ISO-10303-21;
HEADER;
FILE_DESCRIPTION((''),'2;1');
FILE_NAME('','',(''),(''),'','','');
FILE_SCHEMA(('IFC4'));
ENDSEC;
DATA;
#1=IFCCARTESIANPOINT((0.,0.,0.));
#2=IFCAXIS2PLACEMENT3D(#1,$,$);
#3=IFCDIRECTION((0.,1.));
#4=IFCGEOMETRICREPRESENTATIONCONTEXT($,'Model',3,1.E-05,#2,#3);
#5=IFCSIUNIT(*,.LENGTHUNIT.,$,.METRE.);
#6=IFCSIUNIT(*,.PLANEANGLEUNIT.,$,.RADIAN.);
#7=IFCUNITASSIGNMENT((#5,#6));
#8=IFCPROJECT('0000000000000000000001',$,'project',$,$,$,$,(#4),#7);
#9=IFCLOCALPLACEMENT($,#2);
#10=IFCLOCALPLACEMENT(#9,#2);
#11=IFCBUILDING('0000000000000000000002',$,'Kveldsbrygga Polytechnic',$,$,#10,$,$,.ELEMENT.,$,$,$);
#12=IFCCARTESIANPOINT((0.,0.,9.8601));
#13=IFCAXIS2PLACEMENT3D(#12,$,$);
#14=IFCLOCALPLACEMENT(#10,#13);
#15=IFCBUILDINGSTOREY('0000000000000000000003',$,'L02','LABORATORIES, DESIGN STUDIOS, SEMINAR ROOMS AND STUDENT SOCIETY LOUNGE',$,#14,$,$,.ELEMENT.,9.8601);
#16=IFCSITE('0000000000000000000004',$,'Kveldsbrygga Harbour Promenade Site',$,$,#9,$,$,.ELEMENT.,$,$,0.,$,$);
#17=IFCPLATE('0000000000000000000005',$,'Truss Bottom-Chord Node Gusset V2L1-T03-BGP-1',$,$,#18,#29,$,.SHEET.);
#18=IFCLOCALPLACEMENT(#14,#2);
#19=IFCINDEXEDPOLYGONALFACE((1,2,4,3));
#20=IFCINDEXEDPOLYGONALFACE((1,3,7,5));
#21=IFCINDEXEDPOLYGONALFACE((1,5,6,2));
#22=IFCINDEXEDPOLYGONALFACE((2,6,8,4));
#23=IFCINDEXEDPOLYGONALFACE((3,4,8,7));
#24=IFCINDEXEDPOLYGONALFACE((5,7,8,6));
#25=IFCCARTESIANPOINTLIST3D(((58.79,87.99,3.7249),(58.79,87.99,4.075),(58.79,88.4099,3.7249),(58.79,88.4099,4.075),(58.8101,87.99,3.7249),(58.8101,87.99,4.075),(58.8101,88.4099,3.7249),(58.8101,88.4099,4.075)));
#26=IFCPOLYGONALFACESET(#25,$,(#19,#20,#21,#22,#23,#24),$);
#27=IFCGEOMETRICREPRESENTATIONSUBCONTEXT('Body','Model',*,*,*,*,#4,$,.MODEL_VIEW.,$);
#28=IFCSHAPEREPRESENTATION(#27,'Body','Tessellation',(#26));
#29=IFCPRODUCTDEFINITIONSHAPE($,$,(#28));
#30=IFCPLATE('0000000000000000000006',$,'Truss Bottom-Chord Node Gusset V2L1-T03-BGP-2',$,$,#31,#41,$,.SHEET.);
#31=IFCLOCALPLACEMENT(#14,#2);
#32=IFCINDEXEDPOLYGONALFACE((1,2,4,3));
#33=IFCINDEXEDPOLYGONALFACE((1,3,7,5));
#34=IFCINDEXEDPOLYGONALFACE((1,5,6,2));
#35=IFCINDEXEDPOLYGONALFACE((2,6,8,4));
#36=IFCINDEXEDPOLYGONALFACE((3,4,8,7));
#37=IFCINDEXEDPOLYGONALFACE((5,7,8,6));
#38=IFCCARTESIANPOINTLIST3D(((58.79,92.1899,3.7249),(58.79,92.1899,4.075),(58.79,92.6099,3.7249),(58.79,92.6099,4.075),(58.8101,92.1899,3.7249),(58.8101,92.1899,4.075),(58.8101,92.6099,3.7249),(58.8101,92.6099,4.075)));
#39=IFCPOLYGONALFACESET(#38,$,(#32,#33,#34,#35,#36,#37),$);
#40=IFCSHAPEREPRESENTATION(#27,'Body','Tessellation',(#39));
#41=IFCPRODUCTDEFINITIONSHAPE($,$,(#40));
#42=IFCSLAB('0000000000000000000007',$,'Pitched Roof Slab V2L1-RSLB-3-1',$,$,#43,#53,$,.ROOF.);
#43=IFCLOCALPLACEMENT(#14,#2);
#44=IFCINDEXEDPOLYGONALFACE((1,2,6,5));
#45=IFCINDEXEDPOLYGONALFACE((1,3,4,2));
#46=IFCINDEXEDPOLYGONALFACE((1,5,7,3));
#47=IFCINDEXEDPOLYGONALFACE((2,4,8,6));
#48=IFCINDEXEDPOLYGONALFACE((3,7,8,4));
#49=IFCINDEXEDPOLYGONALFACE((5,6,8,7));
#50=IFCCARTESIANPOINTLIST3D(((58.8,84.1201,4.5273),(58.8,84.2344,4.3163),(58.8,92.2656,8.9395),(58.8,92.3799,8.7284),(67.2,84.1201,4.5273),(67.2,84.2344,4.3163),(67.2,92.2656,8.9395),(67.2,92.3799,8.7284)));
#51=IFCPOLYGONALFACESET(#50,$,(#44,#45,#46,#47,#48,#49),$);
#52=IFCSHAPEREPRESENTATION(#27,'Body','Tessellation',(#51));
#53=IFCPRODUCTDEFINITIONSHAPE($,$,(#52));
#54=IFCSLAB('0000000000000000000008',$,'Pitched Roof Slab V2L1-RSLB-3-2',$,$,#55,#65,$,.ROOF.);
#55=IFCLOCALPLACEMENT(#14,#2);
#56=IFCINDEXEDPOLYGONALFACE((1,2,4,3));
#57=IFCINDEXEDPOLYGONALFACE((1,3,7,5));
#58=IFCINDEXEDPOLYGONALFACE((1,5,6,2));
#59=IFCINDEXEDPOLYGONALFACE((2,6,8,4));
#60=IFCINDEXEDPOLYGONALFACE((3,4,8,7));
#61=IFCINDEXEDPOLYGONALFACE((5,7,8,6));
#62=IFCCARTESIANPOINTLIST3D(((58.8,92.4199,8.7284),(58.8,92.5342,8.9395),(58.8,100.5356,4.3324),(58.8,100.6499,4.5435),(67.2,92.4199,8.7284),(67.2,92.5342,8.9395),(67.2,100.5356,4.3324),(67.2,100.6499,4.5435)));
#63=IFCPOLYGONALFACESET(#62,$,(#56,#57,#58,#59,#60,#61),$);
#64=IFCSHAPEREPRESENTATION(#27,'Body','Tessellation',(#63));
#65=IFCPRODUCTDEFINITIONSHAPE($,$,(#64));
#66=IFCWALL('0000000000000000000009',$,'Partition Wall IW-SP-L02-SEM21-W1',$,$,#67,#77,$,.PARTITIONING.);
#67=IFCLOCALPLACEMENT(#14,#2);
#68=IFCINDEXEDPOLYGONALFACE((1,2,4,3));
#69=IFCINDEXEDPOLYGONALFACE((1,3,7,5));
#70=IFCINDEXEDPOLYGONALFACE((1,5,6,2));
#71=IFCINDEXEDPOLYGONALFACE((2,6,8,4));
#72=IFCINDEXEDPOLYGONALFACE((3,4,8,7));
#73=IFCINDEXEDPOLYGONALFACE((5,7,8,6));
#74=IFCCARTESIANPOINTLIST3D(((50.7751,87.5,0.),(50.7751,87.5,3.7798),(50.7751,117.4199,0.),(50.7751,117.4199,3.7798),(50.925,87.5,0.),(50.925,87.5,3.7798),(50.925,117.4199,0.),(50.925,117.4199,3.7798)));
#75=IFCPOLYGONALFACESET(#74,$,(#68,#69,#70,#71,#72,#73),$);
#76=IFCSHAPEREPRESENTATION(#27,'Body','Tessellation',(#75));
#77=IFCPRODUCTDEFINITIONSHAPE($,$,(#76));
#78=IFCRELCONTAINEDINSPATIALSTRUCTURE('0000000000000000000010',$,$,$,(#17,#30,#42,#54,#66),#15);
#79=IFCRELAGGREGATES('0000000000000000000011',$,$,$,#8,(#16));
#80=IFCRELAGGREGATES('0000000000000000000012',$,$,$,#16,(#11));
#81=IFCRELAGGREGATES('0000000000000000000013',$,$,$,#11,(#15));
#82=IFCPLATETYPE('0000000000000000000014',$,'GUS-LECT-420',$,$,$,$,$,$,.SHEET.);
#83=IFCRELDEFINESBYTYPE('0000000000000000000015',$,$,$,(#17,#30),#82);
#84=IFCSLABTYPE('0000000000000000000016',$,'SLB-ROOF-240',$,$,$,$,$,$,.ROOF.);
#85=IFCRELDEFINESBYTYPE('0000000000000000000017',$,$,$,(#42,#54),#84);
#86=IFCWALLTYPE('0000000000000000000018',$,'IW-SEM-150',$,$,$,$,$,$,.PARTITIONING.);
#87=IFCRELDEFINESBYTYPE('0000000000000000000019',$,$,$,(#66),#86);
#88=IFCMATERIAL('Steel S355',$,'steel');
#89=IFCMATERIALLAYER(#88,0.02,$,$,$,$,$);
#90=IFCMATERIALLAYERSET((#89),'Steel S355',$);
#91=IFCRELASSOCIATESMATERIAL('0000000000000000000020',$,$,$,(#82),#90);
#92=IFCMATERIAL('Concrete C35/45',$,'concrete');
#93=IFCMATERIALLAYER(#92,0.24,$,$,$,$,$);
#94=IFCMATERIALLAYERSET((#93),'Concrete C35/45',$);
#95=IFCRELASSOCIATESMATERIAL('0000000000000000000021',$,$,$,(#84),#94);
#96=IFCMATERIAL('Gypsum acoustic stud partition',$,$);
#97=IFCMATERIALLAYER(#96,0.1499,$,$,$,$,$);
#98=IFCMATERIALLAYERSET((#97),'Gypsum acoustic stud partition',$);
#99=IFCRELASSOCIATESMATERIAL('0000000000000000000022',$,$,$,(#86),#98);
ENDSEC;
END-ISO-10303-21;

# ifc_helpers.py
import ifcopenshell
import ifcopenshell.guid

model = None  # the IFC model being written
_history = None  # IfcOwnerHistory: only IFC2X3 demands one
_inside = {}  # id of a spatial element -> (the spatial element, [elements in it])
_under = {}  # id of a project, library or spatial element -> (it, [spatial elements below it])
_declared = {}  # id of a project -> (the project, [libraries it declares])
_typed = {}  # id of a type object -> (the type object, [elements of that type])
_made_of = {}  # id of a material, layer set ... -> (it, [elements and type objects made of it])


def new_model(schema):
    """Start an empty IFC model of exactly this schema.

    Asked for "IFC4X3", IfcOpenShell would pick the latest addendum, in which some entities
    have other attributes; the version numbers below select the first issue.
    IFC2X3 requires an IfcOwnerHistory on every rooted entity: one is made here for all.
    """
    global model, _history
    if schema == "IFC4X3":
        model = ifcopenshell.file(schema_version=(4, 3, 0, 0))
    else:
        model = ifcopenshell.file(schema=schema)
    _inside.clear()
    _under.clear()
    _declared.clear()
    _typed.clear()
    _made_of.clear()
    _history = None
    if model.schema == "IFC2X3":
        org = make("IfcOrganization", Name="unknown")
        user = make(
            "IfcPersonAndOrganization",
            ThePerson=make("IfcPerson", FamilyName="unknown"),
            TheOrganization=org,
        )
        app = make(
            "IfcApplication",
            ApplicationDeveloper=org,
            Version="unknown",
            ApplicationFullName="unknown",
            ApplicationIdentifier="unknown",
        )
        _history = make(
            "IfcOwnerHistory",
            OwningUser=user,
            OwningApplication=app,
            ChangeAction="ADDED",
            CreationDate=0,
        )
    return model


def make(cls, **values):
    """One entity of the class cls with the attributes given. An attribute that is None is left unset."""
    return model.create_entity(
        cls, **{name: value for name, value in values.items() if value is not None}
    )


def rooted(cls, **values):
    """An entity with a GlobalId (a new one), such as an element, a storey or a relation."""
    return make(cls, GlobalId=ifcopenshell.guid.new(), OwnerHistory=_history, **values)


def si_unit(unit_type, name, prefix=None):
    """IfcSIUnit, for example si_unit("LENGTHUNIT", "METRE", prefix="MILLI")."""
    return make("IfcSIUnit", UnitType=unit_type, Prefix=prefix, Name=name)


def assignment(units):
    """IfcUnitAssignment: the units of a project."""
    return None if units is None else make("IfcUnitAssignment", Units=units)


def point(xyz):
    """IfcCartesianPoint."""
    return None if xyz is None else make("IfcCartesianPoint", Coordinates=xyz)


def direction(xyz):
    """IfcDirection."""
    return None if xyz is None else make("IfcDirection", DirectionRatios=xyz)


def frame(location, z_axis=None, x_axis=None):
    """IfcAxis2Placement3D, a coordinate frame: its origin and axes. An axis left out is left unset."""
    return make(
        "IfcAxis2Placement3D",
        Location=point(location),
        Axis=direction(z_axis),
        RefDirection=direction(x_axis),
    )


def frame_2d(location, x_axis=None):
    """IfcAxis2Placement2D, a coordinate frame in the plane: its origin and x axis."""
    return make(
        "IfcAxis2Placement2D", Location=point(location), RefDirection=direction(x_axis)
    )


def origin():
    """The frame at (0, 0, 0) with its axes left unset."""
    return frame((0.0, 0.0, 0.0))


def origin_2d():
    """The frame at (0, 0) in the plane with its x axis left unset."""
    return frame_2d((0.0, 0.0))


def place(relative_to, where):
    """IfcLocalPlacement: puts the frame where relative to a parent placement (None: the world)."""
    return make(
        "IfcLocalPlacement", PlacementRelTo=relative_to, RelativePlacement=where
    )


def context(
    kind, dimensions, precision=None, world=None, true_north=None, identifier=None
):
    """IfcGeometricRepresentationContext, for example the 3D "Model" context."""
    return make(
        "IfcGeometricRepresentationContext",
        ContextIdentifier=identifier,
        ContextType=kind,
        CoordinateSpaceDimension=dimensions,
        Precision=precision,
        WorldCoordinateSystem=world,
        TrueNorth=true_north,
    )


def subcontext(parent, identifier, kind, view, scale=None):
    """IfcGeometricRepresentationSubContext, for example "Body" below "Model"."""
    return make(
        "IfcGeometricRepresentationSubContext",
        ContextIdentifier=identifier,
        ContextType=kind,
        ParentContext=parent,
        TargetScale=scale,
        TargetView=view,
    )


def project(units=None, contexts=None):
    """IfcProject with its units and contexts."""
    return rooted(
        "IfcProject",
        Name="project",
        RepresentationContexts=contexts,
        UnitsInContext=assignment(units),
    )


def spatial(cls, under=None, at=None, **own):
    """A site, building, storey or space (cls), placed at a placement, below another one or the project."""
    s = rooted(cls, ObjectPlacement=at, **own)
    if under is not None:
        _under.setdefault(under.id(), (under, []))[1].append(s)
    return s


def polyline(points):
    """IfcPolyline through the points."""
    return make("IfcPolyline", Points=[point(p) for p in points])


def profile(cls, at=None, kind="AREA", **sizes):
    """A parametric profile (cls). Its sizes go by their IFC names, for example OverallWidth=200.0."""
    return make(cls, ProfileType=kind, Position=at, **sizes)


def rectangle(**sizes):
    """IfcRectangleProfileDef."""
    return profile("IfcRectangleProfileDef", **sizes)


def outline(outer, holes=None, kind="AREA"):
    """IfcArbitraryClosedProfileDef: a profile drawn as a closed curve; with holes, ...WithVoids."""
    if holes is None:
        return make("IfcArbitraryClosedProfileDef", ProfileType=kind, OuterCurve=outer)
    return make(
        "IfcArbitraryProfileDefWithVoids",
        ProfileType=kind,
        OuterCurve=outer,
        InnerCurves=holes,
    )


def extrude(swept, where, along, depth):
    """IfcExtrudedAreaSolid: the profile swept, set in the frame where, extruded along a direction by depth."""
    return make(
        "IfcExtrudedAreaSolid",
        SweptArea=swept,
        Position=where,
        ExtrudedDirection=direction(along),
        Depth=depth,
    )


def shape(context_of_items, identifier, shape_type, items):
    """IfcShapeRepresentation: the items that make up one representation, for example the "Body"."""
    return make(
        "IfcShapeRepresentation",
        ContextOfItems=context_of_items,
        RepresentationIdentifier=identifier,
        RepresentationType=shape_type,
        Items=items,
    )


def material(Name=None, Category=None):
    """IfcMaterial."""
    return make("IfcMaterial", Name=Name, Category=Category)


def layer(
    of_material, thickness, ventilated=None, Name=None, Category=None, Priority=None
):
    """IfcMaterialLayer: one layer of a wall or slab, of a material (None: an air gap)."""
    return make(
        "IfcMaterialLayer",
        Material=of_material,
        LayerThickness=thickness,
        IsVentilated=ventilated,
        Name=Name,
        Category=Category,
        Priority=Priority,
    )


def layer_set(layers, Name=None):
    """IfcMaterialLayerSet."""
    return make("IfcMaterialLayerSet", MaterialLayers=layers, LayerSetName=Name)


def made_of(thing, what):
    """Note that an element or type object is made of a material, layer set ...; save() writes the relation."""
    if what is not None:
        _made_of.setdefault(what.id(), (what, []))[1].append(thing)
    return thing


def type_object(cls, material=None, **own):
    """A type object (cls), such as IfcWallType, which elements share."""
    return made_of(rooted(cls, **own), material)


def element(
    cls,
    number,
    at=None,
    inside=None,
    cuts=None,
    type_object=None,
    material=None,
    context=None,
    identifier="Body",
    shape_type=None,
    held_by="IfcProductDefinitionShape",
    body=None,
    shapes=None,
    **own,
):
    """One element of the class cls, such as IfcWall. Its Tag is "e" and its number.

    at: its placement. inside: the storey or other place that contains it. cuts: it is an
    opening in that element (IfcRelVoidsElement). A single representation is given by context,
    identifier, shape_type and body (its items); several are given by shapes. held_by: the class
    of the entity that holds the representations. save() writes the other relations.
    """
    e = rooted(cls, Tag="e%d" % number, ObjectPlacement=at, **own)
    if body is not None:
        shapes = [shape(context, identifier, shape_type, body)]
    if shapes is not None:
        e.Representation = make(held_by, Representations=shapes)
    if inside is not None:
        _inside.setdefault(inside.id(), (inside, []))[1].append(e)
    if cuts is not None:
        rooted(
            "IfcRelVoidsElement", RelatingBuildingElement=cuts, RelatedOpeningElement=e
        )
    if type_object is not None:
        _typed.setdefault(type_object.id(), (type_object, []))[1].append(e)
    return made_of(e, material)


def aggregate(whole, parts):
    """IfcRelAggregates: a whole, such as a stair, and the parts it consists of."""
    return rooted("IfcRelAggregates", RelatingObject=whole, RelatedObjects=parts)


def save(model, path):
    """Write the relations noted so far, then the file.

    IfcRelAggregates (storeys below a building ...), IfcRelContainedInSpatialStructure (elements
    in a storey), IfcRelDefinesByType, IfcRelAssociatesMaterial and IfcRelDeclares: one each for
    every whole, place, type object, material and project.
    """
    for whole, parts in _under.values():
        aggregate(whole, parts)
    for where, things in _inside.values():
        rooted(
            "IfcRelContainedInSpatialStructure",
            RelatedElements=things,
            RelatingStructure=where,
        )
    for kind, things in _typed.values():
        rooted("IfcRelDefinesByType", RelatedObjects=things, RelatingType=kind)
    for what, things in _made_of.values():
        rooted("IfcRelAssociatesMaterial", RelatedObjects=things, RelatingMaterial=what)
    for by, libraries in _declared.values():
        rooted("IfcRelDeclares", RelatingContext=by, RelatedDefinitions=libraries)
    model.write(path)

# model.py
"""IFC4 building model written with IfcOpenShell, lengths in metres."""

from ifc_helpers import new_model, si_unit, direction, frame, frame_2d, origin, origin_2d, place, context, subcontext, project, spatial, polyline, rectangle, outline, extrude, material, layer, layer_set, type_object, element, save


model = new_model("IFC4")

# Units and contexts
model_context = context("Model", 3, precision=1e-05, world=origin(), true_north=direction((0.0, 1.0)))
body_context = subcontext(model_context, "Body", "Model", "MODEL_VIEW")
ifc_project = project(units=[si_unit("LENGTHUNIT", "METRE"), si_unit("PLANEANGLEUNIT", "RADIAN")], contexts=[model_context])

# Site, building, storey
site_placement = place(None, origin())
site = spatial("IfcSite", under=ifc_project, at=site_placement, Name="Kveldsbrygga Harbour Promenade Site", CompositionType="ELEMENT", RefElevation=0.0)
building_placement = place(site_placement, origin())
building = spatial("IfcBuilding", under=site, at=building_placement, Name="Kveldsbrygga Polytechnic", CompositionType="ELEMENT")
storey_placement = place(building_placement, frame((0.0, 0.0, 9.8601)))
storey = spatial("IfcBuildingStorey", under=building, at=storey_placement, Name="L02", Description="LABORATORIES, DESIGN STUDIOS, SEMINAR ROOMS AND STUDENT SOCIETY LOUNGE", CompositionType="ELEMENT", Elevation=9.8601)

# Shared definitions
ifc_material_1 = material(Name="Steel S355", Category="steel")

# Plates
ifc_layer_1 = layer(ifc_material_1, 0.02)
ifc_layer_set_1 = layer_set([ifc_layer_1], Name="Steel S355")
plate_type_1 = type_object("IfcPlateType", Name="GUS-LECT-420", PredefinedType="SHEET", material=ifc_layer_set_1)
for number, where, z_axis, x_axis, name in (
    (1, (58.8, 88.2, 3.7249), (0.0, 0.0, 1.0), (1.0, 0.0, 0.0), "Truss Bottom-Chord Node Gusset V2L1-T03-BGP-1"),
    (2, (58.8, 92.3999, 3.7249), (0.0, 0.0, 1.0), (1.0, 0.0, 0.0), "Truss Bottom-Chord Node Gusset V2L1-T03-BGP-2"),
):
    element("IfcPlate", number, at=place(storey_placement, frame(where, z_axis=z_axis, x_axis=x_axis)), inside=storey, type_object=plate_type_1, Name=name, PredefinedType="SHEET", context=body_context, shape_type="SweptSolid", body=[
        extrude(rectangle(XDim=0.02, YDim=0.4199, at=origin_2d()), origin(), (0.0, 0.0, 1.0), 0.3501),
    ])

# Slabs
ifc_material_2 = material(Name="Concrete C35/45", Category="concrete")
ifc_layer_2 = layer(ifc_material_2, 0.24)
ifc_layer_set_2 = layer_set([ifc_layer_2], Name="Concrete C35/45")
slab_type = type_object("IfcSlabType", Name="SLB-ROOF-240", PredefinedType="ROOF", material=ifc_layer_set_2)
slab_1_placement = place(storey_placement, frame((58.8, 84.1201, 4.5273), z_axis=(0.0, -0.47628, 0.879294), x_axis=(1.0, 0.0, 0.0)))
element("IfcSlab", 3, at=slab_1_placement, inside=storey, type_object=slab_type, Name="Pitched Roof Slab V2L1-RSLB-3-1", PredefinedType="ROOF", context=body_context, shape_type="SweptSolid", body=[
    extrude(outline(polyline([(0.0, 0.0), (8.3999, 0.0), (8.3999, 9.2637), (0.0, 9.2637), (0.0, 0.0)])), origin(), (0.0, 0.0, -1.0), 0.24),
])
slab_2_placement = place(storey_placement, frame((58.8, 92.5342, 8.9395), z_axis=(0.0, 0.476281, 0.879293), x_axis=(1.0, 0.0, 0.0)))
element("IfcSlab", 4, at=slab_2_placement, inside=storey, type_object=slab_type, Name="Pitched Roof Slab V2L1-RSLB-3-2", PredefinedType="ROOF", context=body_context, shape_type="SweptSolid", body=[
    extrude(outline(polyline([(0.0, 0.0), (8.3999, 0.0), (8.3999, 9.2298), (0.0, 9.2298), (0.0, 0.0)])), origin(), (0.0, 0.0, -1.0), 0.24),
])

# Wall
ifc_material_3 = material(Name="Gypsum acoustic stud partition")
ifc_layer_3 = layer(ifc_material_3, 0.1499)
ifc_layer_set_3 = layer_set([ifc_layer_3], Name="Gypsum acoustic stud partition")
wall_type = type_object("IfcWallType", Name="IW-SEM-150", PredefinedType="PARTITIONING", material=ifc_layer_set_3)
wall_placement = place(storey_placement, frame((50.8501, 87.5, 0.0), z_axis=(0.0, 0.0, 1.0), x_axis=(0.0, 1.0, 0.0)))
element("IfcWall", 5, at=wall_placement, inside=storey, type_object=wall_type, Name="Partition Wall IW-SP-L02-SEM21-W1", PredefinedType="PARTITIONING", context=body_context, shape_type="SweptSolid", body=[
    extrude(rectangle(XDim=29.9199, YDim=0.1499, at=frame_2d((14.96, 0.0))), origin(), (0.0, 0.0, 1.0), 3.7798),
])

save(model, "model.ifc")
